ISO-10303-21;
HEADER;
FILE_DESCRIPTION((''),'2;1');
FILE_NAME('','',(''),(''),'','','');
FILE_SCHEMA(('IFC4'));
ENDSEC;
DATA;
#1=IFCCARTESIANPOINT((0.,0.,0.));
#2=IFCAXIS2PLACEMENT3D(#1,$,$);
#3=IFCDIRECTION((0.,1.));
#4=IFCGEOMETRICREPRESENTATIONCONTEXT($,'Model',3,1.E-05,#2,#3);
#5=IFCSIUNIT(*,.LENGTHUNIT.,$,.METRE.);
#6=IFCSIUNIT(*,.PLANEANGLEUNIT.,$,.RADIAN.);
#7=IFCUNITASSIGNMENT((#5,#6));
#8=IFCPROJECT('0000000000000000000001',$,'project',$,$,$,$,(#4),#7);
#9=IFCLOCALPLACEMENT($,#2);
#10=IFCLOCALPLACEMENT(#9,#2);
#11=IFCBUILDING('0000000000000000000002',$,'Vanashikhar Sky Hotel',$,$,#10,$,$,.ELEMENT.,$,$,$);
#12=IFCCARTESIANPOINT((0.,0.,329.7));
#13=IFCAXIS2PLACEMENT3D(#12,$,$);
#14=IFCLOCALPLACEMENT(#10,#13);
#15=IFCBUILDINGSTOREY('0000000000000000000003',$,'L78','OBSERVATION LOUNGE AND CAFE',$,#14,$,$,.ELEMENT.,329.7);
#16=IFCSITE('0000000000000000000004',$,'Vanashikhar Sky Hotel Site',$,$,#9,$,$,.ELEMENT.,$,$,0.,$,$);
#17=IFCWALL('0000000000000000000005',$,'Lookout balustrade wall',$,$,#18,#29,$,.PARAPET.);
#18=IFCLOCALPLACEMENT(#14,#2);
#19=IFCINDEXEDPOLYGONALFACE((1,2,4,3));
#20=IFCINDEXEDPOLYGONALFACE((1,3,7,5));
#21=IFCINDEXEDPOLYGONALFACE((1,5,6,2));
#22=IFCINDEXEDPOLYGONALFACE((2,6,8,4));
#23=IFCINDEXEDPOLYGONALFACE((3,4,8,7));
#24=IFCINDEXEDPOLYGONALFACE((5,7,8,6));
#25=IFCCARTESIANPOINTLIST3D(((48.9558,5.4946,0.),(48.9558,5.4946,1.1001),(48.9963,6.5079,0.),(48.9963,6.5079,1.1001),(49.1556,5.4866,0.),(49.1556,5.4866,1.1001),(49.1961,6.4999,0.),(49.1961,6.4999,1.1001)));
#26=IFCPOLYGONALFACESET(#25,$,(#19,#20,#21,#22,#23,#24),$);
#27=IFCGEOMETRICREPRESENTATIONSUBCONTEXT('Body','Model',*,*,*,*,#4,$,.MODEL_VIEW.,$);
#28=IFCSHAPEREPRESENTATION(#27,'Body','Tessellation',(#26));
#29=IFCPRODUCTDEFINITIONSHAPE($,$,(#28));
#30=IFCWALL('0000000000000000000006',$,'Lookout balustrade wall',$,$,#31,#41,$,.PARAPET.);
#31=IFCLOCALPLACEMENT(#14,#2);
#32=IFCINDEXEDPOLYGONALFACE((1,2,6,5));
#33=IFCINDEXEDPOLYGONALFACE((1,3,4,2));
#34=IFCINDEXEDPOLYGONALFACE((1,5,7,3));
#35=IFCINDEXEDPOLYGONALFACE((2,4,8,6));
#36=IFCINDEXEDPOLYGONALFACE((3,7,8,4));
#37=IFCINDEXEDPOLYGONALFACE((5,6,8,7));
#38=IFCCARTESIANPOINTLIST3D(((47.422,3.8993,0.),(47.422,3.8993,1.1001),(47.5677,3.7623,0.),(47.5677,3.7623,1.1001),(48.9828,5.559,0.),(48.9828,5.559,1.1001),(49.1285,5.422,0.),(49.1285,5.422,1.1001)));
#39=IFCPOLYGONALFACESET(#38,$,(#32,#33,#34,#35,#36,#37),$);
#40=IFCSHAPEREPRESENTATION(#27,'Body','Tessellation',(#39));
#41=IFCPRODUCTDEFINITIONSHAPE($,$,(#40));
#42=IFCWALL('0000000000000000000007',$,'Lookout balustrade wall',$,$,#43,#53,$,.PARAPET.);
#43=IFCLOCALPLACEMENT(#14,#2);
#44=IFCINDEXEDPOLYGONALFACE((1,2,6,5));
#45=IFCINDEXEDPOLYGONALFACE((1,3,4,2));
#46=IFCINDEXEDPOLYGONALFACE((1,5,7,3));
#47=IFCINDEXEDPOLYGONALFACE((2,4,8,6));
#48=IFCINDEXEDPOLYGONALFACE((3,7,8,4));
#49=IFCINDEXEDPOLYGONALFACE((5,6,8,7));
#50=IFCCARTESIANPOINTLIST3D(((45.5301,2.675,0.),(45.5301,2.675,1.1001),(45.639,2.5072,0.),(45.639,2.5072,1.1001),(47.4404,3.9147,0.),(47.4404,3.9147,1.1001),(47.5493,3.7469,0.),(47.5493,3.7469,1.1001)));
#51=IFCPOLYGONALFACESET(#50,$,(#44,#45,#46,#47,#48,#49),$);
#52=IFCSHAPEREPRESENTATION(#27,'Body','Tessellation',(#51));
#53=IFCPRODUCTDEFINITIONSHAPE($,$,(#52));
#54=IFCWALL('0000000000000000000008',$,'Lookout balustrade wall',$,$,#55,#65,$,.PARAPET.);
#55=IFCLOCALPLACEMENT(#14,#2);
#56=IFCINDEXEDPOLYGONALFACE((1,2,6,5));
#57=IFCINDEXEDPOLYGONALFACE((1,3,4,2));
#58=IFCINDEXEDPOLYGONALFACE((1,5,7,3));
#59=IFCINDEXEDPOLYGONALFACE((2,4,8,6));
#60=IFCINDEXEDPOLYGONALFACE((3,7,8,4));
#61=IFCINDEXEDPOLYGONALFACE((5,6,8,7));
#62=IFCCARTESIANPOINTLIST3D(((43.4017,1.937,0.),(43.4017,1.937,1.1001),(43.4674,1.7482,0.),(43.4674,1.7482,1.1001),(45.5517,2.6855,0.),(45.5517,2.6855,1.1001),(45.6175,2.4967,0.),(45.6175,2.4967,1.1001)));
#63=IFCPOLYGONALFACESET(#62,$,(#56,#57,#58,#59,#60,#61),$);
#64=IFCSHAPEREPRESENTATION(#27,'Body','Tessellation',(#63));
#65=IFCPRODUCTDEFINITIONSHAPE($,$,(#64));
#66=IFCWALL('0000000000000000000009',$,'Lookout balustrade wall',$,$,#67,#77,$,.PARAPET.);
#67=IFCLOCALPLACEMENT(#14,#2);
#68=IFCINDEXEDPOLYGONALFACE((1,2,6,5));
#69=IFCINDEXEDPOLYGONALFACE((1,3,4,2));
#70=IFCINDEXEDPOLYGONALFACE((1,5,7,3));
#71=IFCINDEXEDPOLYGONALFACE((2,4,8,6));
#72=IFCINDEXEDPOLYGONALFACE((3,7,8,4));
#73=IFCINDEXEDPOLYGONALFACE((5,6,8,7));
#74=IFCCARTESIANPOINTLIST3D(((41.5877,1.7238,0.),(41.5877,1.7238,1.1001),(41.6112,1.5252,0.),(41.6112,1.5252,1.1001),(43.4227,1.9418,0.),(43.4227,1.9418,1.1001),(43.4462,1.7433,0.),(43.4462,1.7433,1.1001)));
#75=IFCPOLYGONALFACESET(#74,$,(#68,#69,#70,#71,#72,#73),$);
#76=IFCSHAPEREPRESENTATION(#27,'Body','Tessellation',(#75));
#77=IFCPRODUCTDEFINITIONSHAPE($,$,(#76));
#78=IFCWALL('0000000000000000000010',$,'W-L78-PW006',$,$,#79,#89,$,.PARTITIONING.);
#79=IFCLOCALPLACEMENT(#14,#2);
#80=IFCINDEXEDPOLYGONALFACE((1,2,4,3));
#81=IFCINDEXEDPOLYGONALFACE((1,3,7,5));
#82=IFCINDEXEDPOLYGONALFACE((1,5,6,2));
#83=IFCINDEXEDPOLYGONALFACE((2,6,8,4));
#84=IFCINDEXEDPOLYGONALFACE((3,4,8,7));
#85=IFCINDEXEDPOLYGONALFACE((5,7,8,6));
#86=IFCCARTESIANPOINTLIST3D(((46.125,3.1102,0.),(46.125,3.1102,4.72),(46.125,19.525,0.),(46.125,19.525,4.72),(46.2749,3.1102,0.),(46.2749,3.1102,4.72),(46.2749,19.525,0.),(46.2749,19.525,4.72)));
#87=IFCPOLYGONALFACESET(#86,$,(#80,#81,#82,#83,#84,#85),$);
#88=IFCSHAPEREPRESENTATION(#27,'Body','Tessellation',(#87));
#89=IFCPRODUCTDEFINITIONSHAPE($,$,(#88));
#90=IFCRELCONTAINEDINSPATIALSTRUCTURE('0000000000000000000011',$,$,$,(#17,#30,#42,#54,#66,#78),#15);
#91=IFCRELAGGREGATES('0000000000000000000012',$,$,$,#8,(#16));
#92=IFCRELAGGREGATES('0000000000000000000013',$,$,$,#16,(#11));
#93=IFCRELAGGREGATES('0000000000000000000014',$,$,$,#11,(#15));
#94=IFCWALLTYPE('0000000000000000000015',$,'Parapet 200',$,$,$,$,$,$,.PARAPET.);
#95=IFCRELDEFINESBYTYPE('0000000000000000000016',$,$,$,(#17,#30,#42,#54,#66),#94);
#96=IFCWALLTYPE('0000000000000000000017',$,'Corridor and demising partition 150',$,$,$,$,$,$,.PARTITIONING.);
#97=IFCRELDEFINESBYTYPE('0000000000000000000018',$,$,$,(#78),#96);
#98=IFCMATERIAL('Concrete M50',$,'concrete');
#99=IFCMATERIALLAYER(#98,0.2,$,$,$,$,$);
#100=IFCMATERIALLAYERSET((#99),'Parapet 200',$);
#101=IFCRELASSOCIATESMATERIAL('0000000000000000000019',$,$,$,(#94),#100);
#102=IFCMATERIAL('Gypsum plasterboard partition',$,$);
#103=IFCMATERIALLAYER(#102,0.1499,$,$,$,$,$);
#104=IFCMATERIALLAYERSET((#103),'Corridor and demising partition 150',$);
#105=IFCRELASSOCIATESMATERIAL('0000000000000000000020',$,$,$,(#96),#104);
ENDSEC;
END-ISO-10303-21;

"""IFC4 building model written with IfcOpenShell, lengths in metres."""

from ifc_helpers import new_model, si_unit, direction, frame, frame_2d, origin, place, context, subcontext, project, spatial, rectangle, extrude, source, transform, mapped, material, layer, layer_set, type_object, element, save


model = new_model("IFC4")

# Units and contexts
model_context = context("Model", 3, precision=1e-05, world=origin(), true_north=direction((0.0, 1.0)))
body_context = subcontext(model_context, "Body", "Model", "MODEL_VIEW")
ifc_project = project(units=[si_unit("LENGTHUNIT", "METRE"), si_unit("PLANEANGLEUNIT", "RADIAN")], contexts=[model_context])

# Site, building, storey
site_placement = place(None, origin())
site = spatial("IfcSite", under=ifc_project, at=site_placement, Name="Vanashikhar Sky Hotel Site", CompositionType="ELEMENT", RefElevation=0.0)
building_placement = place(site_placement, origin())
building = spatial("IfcBuilding", under=site, at=building_placement, Name="Vanashikhar Sky Hotel", CompositionType="ELEMENT")
storey_placement = place(building_placement, frame((0.0, 0.0, 329.7)))
storey = spatial("IfcBuildingStorey", under=building, at=storey_placement, Name="L78", Description="OBSERVATION LOUNGE AND CAFE", CompositionType="ELEMENT", Elevation=329.7)

# Walls
ifc_material_1 = material(Name="Concrete M50", Category="concrete")
ifc_layer_1 = layer(ifc_material_1, 0.2)
ifc_layer_set_1 = layer_set([ifc_layer_1], Name="Parapet 200")
wall_type_1 = type_object("IfcWallType", Name="Parapet 200", PredefinedType="PARAPET", material=ifc_layer_set_1)
shared_shape_1 = source(origin(), body_context, "Body", "SweptSolid", [
    extrude(rectangle(XDim=1.0142, YDim=0.2, at=frame_2d((0.5071, 0.0))), origin(), (0.0, 0.0, 1.0), 1.1001),
])
wall_1_placement = place(storey_placement, frame((49.0962, 6.5039, 0.0), z_axis=(0.0, 0.0, 1.0), x_axis=(-0.039958, -0.999201, 0.0)))
element("IfcWall", 1, at=wall_1_placement, inside=storey, type_object=wall_type_1, Name="Lookout balustrade wall", PredefinedType="PARAPET", context=body_context, shape_type="MappedRepresentation", body=[
    mapped(shared_shape_1, transform((0.0, 0.0, 0.0), scale=1.0)),
])
shared_shape_2 = source(origin(), body_context, "Body", "SweptSolid", [
    extrude(rectangle(XDim=2.2783, YDim=0.2, at=frame_2d((1.1392, 0.0))), origin(), (0.0, 0.0, 1.0), 1.1001),
])
wall_2_placement = place(storey_placement, frame((49.0557, 5.4905, 0.0), z_axis=(0.0, 0.0, 1.0), x_axis=(-0.685074, -0.728474, 0.0)))
element("IfcWall", 2, at=wall_2_placement, inside=storey, type_object=wall_type_1, Name="Lookout balustrade wall", PredefinedType="PARAPET", context=body_context, shape_type="MappedRepresentation", body=[
    mapped(shared_shape_2, transform((0.0, 0.0, 0.0), scale=1.0)),
])
shared_shape_3 = source(origin(), body_context, "Body", "SweptSolid", [
    extrude(rectangle(XDim=2.2773, YDim=0.2, at=frame_2d((1.1387, 0.0))), origin(), (0.0, 0.0, 1.0), 1.1001),
])
wall_3_placement = place(storey_placement, frame((47.4949, 3.8308, 0.0), z_axis=(0.0, 0.0, 1.0), x_axis=(-0.838848, -0.544366, 0.0)))
element("IfcWall", 3, at=wall_3_placement, inside=storey, type_object=wall_type_1, Name="Lookout balustrade wall", PredefinedType="PARAPET", context=body_context, shape_type="MappedRepresentation", body=[
    mapped(shared_shape_3, transform((0.0, 0.0, 0.0), scale=1.0)),
])
shared_shape_4 = source(origin(), body_context, "Body", "SweptSolid", [
    extrude(rectangle(XDim=2.2766, YDim=0.2, at=frame_2d((1.1382, 0.0))), origin(), (0.0, 0.0, 1.0), 1.1001),
])
wall_4_placement = place(storey_placement, frame((45.5845, 2.5911, 0.0), z_axis=(0.0, 0.0, 1.0), x_axis=(-0.944407, -0.328778, 0.0)))
element("IfcWall", 4, at=wall_4_placement, inside=storey, type_object=wall_type_1, Name="Lookout balustrade wall", PredefinedType="PARAPET", context=body_context, shape_type="MappedRepresentation", body=[
    mapped(shared_shape_4, transform((0.0, 0.0, 0.0), scale=1.0)),
])
shared_shape_5 = source(origin(), body_context, "Body", "SweptSolid", [
    extrude(rectangle(XDim=1.8479, YDim=0.2, at=frame_2d((0.9238, 0.0))), origin(), (0.0, 0.0, 1.0), 1.1001),
])
wall_5_placement = place(storey_placement, frame((43.4343, 1.8425, 0.0), z_axis=(0.0, 0.0, 1.0), x_axis=(-0.993016, -0.117983, 0.0)))
element("IfcWall", 5, at=wall_5_placement, inside=storey, type_object=wall_type_1, Name="Lookout balustrade wall", PredefinedType="PARAPET", context=body_context, shape_type="MappedRepresentation", body=[
    mapped(shared_shape_5, transform((0.0, 0.0, 0.0), scale=1.0)),
])
ifc_material_2 = material(Name="Gypsum plasterboard partition")
ifc_layer_2 = layer(ifc_material_2, 0.1499)
ifc_layer_set_2 = layer_set([ifc_layer_2], Name="Corridor and demising partition 150")
wall_type_2 = type_object("IfcWallType", Name="Corridor and demising partition 150", PredefinedType="PARTITIONING", material=ifc_layer_set_2)
shared_shape_6 = source(origin(), body_context, "Body", "SweptSolid", [
    extrude(rectangle(XDim=16.4148, YDim=0.1499, at=frame_2d((8.2075, 0.0))), origin(), (0.0, 0.0, 1.0), 4.72),
])
wall_6_placement = place(storey_placement, frame((46.2, 3.1101, 0.0), z_axis=(0.0, 0.0, 1.0), x_axis=(0.0, 1.0, 0.0)))
element("IfcWall", 6, at=wall_6_placement, inside=storey, type_object=wall_type_2, Name="W-L78-PW006", PredefinedType="PARTITIONING", context=body_context, shape_type="MappedRepresentation", body=[
    mapped(shared_shape_6, transform((0.0, 0.0, 0.0), scale=1.0)),
])

save(model, "model.ifc")
